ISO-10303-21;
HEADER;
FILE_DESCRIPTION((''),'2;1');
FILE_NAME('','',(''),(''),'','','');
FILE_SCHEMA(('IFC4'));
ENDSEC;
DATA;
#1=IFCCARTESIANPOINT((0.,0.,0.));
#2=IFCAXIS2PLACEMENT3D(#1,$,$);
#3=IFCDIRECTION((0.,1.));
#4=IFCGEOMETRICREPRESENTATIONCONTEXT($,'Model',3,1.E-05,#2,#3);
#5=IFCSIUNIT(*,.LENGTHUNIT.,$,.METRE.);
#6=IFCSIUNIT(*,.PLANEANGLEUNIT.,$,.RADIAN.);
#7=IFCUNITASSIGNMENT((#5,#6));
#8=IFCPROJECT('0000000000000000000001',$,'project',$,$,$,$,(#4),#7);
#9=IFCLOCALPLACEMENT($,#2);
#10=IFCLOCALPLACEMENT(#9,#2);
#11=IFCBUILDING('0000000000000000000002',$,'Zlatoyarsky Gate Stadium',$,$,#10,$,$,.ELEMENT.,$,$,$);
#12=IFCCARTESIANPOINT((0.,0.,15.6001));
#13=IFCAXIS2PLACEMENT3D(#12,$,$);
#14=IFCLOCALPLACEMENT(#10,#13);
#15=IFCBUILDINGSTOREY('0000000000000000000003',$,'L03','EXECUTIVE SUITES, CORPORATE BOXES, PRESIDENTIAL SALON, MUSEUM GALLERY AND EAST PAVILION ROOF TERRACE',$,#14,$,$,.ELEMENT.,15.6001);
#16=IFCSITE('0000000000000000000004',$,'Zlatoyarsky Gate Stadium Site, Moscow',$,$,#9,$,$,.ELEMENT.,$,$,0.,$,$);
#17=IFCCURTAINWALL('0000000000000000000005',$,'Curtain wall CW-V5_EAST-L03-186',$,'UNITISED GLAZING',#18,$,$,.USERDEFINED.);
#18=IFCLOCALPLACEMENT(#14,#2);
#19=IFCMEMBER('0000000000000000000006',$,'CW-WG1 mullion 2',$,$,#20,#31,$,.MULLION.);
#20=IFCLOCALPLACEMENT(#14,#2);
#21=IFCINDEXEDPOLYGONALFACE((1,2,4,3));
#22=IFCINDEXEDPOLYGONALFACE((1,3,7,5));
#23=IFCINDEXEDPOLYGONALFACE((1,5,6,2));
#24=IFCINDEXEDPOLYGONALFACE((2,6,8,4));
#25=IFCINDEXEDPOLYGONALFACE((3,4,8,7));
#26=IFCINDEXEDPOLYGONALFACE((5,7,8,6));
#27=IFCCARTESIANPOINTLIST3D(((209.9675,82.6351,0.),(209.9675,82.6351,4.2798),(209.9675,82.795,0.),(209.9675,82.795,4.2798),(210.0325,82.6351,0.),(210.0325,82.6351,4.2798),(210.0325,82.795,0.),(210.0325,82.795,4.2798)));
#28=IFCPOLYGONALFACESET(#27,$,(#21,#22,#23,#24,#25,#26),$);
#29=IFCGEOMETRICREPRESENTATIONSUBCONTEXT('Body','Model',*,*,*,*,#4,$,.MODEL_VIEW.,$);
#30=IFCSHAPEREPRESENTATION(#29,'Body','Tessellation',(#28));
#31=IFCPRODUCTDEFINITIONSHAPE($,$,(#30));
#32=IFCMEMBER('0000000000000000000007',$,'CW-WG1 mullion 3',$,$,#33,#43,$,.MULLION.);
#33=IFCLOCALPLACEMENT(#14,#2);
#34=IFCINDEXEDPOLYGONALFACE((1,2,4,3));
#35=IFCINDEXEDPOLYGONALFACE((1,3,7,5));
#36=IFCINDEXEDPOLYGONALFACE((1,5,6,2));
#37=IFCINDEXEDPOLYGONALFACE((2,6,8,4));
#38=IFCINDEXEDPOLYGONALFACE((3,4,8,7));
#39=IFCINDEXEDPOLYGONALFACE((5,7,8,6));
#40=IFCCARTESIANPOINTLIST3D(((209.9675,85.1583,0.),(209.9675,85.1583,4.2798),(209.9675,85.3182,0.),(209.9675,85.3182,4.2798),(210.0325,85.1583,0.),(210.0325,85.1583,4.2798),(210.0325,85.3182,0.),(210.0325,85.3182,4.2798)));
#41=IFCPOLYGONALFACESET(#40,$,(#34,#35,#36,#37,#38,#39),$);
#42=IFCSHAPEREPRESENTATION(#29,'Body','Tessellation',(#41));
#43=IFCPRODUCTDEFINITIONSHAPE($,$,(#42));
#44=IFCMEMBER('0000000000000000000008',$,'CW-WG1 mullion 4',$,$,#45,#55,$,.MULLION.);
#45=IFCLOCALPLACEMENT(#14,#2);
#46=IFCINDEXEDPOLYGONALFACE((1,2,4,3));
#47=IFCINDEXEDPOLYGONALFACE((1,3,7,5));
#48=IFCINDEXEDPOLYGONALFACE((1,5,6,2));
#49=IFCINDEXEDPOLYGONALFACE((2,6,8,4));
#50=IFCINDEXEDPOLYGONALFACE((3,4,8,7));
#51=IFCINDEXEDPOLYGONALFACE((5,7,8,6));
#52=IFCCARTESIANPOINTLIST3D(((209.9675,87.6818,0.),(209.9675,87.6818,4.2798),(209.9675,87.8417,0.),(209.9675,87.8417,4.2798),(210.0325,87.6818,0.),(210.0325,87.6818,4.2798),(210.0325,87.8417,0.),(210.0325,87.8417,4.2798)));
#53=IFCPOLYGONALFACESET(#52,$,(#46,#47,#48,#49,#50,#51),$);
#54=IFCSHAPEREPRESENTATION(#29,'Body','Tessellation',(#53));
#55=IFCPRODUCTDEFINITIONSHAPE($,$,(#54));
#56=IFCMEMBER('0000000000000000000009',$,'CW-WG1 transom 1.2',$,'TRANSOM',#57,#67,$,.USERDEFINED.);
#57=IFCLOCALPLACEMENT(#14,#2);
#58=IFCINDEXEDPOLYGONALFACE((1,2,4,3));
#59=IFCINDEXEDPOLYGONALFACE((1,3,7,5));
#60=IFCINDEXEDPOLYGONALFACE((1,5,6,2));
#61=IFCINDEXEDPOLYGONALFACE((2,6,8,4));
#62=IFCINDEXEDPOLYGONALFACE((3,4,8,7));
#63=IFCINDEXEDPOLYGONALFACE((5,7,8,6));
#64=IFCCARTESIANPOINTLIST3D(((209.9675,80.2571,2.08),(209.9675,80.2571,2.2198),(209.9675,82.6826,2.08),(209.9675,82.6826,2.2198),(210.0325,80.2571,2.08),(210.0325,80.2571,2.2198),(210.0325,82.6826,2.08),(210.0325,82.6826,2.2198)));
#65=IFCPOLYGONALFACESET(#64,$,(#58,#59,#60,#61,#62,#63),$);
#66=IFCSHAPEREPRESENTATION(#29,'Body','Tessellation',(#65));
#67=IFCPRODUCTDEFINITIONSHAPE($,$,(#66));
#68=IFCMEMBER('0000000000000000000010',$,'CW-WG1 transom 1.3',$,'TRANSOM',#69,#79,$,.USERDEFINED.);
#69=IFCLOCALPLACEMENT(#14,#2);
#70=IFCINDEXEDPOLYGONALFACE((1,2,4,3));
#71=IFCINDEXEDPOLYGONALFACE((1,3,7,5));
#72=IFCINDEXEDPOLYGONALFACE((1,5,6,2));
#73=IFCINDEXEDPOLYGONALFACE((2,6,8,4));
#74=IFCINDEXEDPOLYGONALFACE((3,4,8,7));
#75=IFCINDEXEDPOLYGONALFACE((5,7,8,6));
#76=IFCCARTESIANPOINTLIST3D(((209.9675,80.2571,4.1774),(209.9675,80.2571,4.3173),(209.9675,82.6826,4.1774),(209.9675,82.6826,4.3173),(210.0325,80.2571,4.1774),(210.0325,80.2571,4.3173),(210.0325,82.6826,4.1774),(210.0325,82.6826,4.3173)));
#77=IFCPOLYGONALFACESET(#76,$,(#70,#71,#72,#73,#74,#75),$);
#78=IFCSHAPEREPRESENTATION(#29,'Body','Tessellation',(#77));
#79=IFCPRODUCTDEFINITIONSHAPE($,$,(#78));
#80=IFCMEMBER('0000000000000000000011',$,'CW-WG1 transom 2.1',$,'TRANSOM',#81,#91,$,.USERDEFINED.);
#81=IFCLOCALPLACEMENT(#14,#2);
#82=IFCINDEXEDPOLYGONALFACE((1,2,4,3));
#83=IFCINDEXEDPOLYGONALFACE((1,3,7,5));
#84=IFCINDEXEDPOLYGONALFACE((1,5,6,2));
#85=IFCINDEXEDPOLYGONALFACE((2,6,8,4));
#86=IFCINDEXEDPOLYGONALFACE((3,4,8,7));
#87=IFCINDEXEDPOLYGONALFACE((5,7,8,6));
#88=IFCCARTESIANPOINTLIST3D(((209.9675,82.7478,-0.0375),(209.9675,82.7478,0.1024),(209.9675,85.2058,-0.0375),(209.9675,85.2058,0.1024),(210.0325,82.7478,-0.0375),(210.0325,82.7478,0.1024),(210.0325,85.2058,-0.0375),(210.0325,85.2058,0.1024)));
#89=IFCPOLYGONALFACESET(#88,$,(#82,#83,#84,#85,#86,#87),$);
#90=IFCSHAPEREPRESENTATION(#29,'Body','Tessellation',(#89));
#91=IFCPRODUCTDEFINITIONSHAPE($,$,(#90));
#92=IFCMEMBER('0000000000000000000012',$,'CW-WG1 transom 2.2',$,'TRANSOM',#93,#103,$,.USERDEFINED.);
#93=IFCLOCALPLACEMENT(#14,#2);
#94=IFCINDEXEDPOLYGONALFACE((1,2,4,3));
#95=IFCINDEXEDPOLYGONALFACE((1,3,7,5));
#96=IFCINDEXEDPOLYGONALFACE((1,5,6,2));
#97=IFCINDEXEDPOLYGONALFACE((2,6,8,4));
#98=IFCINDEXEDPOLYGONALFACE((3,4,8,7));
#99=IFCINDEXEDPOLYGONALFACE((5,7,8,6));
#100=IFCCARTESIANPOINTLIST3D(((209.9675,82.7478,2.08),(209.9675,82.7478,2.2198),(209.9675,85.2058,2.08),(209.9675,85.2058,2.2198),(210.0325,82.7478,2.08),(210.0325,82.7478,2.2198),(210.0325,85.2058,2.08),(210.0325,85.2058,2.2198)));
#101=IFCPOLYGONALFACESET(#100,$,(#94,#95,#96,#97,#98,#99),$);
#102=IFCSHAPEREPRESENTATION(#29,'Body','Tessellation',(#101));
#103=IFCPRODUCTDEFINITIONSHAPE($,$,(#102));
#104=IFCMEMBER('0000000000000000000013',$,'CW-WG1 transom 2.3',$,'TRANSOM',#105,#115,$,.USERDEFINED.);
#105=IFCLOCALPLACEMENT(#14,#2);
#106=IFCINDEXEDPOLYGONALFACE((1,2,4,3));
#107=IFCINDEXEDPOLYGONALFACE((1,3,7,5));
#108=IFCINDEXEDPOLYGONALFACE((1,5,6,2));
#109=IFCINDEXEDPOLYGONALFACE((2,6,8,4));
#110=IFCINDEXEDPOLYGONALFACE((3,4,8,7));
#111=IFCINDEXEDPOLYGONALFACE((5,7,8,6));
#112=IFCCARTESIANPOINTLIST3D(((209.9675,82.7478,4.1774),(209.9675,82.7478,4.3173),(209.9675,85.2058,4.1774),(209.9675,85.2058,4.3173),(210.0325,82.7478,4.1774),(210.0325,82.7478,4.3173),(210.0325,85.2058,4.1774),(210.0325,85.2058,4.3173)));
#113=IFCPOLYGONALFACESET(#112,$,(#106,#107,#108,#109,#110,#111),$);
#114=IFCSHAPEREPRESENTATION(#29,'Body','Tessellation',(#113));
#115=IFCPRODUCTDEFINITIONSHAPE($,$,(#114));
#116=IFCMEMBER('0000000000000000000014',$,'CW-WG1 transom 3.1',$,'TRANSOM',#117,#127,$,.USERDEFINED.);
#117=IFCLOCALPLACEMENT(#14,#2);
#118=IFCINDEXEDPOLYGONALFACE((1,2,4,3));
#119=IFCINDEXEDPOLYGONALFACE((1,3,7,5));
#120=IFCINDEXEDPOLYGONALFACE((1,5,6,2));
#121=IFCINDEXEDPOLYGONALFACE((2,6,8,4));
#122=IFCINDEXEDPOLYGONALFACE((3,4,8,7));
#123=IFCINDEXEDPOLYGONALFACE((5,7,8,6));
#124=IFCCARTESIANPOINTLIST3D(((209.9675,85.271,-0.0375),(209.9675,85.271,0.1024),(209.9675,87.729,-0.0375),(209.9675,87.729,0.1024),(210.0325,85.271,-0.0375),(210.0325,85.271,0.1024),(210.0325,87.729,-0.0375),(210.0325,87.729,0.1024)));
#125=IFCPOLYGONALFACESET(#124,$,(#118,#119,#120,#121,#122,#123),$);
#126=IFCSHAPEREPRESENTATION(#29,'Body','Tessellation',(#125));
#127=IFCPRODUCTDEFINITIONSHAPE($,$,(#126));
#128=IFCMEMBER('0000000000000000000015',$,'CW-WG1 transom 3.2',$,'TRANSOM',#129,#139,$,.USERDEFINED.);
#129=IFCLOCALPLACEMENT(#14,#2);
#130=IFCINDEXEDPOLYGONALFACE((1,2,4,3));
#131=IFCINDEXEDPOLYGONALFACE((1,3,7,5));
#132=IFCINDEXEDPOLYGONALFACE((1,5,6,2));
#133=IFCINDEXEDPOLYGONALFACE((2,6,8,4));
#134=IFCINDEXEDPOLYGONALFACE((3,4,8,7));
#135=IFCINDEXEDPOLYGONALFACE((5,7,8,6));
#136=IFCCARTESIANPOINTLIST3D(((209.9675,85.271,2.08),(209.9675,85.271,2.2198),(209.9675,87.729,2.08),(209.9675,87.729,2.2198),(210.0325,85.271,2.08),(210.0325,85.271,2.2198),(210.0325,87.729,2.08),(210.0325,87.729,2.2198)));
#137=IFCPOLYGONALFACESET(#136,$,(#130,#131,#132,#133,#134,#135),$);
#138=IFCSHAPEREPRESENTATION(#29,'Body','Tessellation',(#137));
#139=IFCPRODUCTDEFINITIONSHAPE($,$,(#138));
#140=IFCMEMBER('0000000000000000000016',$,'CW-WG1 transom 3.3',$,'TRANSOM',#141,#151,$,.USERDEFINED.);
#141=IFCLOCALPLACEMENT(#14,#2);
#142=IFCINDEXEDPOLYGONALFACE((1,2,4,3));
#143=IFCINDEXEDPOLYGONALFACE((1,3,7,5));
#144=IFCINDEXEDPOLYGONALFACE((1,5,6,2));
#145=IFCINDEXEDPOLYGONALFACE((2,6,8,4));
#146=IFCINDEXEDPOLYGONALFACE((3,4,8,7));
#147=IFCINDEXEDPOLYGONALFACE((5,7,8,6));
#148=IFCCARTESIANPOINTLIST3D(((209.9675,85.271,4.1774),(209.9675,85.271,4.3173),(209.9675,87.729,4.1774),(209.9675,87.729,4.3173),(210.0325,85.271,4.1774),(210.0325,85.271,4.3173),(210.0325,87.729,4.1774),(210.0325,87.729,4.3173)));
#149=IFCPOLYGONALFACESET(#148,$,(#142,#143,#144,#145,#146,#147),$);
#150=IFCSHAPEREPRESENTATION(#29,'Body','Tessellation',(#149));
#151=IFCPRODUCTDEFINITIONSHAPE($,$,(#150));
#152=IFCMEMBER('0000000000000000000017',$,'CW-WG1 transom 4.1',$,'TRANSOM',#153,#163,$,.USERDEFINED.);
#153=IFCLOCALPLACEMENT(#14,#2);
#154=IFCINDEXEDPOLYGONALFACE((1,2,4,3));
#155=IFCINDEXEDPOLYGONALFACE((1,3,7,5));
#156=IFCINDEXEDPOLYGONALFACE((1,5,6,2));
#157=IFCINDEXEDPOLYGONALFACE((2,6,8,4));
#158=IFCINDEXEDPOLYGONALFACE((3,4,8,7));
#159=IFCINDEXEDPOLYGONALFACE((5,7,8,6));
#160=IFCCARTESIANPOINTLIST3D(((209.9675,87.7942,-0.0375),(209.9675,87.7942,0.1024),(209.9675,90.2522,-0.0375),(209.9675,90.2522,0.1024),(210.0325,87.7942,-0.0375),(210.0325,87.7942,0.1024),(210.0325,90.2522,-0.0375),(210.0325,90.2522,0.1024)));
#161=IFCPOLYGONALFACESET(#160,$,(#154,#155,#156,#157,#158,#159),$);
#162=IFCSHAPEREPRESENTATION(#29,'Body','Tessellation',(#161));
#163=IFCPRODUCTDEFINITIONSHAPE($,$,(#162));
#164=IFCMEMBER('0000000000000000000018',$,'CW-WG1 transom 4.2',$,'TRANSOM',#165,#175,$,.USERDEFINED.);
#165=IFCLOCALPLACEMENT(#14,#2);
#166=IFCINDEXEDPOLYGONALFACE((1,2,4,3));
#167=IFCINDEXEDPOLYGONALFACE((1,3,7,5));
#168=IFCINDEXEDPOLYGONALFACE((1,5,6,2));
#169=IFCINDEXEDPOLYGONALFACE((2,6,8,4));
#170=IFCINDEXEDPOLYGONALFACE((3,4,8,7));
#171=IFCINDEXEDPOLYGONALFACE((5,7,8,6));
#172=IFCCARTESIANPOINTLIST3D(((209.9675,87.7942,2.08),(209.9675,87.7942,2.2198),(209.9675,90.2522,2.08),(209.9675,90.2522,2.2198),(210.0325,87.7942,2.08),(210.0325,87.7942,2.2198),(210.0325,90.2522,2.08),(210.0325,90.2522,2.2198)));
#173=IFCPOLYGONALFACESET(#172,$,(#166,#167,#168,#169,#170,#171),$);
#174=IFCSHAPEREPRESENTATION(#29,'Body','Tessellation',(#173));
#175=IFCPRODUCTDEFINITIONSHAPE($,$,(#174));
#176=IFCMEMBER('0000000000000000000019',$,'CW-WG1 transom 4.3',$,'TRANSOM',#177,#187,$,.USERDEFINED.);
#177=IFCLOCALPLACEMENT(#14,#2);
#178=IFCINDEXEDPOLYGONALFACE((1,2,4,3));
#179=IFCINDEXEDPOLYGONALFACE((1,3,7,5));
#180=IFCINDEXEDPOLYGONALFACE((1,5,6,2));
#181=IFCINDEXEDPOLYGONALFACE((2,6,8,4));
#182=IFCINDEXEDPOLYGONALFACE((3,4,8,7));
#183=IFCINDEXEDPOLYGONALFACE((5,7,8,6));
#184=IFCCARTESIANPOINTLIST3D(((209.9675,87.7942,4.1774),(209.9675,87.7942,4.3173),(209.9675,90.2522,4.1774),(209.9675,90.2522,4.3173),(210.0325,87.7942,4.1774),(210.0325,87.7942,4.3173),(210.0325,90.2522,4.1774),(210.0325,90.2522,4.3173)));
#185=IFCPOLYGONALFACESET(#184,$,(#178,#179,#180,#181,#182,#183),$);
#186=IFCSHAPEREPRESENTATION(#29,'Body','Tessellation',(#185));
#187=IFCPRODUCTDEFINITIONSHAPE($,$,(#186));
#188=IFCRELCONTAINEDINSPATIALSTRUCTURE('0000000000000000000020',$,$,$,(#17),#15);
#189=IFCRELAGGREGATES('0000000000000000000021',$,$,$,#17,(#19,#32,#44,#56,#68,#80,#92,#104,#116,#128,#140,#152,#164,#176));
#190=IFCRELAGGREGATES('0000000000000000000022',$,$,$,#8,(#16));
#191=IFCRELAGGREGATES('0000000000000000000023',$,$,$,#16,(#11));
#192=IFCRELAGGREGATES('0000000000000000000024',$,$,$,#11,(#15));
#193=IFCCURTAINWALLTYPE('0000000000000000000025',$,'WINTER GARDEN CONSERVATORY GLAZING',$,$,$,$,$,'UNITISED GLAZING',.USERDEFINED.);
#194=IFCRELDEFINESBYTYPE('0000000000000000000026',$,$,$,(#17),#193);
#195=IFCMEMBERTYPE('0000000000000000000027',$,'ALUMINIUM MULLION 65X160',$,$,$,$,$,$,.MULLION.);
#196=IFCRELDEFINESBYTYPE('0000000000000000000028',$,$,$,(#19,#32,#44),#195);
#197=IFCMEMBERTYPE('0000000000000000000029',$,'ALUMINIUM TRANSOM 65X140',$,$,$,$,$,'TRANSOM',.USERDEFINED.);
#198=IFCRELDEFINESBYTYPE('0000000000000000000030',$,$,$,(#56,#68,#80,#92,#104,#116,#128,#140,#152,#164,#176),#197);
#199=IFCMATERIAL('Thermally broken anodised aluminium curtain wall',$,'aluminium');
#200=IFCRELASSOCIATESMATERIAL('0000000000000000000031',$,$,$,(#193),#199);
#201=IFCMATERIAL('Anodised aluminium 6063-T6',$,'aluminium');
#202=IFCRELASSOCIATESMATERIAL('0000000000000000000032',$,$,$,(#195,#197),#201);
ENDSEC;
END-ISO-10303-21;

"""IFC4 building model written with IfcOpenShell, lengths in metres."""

from ifc_helpers import new_model, si_unit, direction, frame, origin, origin_2d, place, context, subcontext, project, spatial, rectangle, extrude, material, material_profile, profile_set, type_object, element, aggregate, save


model = new_model("IFC4")

# Units and contexts
model_context = context("Model", 3, precision=1e-05, world=origin(), true_north=direction((0.0, 1.0)))
body_context = subcontext(model_context, "Body", "Model", "MODEL_VIEW")
ifc_project = project(units=[si_unit("LENGTHUNIT", "METRE"), si_unit("PLANEANGLEUNIT", "RADIAN")], contexts=[model_context])

# Site, building, storey
site_placement = place(None, origin())
site = spatial("IfcSite", under=ifc_project, at=site_placement, Name="Zlatoyarsky Gate Stadium Site, Moscow", CompositionType="ELEMENT", RefElevation=0.0)
building_placement = place(site_placement, origin())
building = spatial("IfcBuilding", under=site, at=building_placement, Name="Zlatoyarsky Gate Stadium", CompositionType="ELEMENT")
storey_placement = place(building_placement, frame((0.0, 0.0, 15.6001)))
storey = spatial("IfcBuildingStorey", under=building, at=storey_placement, Name="L03", Description="EXECUTIVE SUITES, CORPORATE BOXES, PRESIDENTIAL SALON, MUSEUM GALLERY AND EAST PAVILION ROOF TERRACE", CompositionType="ELEMENT", Elevation=15.6001)

# Curtain wall, members
ifc_material_1 = material(Name="Thermally broken anodised aluminium curtain wall", Category="aluminium")
curtain_wall_type = type_object("IfcCurtainWallType", Name="WINTER GARDEN CONSERVATORY GLAZING", ElementType="UNITISED GLAZING", PredefinedType="USERDEFINED", material=ifc_material_1)
curtain_wall_placement = place(storey_placement, origin())
curtain_wall = element("IfcCurtainWall", 1, at=curtain_wall_placement, inside=storey, type_object=curtain_wall_type, Name="Curtain wall CW-V5_EAST-L03-186", ObjectType="UNITISED GLAZING", PredefinedType="USERDEFINED")
ifc_material_2 = material(Name="Anodised aluminium 6063-T6", Category="aluminium")
ifc_material_profile_1 = material_profile(ifc_material_2, rectangle(XDim=0.0649, YDim=0.1599, at=origin_2d()), Name="ALU 65X160")
ifc_profile_set_1 = profile_set([ifc_material_profile_1], Name="Anodised aluminium 6063-T6")
member_type_1 = type_object("IfcMemberType", Name="ALUMINIUM MULLION 65X160", PredefinedType="MULLION", material=ifc_profile_set_1)
member_1_placement = place(storey_placement, frame((210.0, 82.7151, 0.0), z_axis=(0.0, 0.0, 1.0), x_axis=(-1.0, 0.0, 0.0)))
member_1 = element("IfcMember", 2, at=member_1_placement, type_object=member_type_1, Name="CW-WG1 mullion 2", PredefinedType="MULLION", context=body_context, shape_type="SweptSolid", body=[
    extrude(rectangle(XDim=0.0649, YDim=0.1599, at=origin_2d()), origin(), (0.0, 0.0, 1.0), 4.2798),
])
member_2_placement = place(storey_placement, frame((210.0, 85.2383, 0.0), z_axis=(0.0, 0.0, 1.0), x_axis=(-1.0, 0.0, 0.0)))
member_2 = element("IfcMember", 3, at=member_2_placement, type_object=member_type_1, Name="CW-WG1 mullion 3", PredefinedType="MULLION", context=body_context, shape_type="SweptSolid", body=[
    extrude(rectangle(XDim=0.0649, YDim=0.1599, at=origin_2d()), origin(), (0.0, 0.0, 1.0), 4.2798),
])
member_3_placement = place(storey_placement, frame((210.0, 87.7617, 0.0), z_axis=(0.0, 0.0, 1.0), x_axis=(-1.0, 0.0, 0.0)))
member_3 = element("IfcMember", 4, at=member_3_placement, type_object=member_type_1, Name="CW-WG1 mullion 4", PredefinedType="MULLION", context=body_context, shape_type="SweptSolid", body=[
    extrude(rectangle(XDim=0.0649, YDim=0.1599, at=origin_2d()), origin(), (0.0, 0.0, 1.0), 4.2798),
])
ifc_material_profile_2 = material_profile(ifc_material_2, rectangle(XDim=0.0649, YDim=0.1399, at=origin_2d()), Name="ALU 65X140")
ifc_profile_set_2 = profile_set([ifc_material_profile_2], Name="Anodised aluminium 6063-T6")
member_type_2 = type_object("IfcMemberType", Name="ALUMINIUM TRANSOM 65X140", ElementType="TRANSOM", PredefinedType="USERDEFINED", material=ifc_profile_set_2)
member_4_placement = place(storey_placement, frame((210.0, 80.2571, 2.1499), z_axis=(0.0, 1.0, 0.0), x_axis=(-1.0, 0.0, 0.0)))
member_4 = element("IfcMember", 5, at=member_4_placement, type_object=member_type_2, Name="CW-WG1 transom 1.2", ObjectType="TRANSOM", PredefinedType="USERDEFINED", context=body_context, shape_type="SweptSolid", body=[
    extrude(rectangle(XDim=0.0649, YDim=0.1399, at=origin_2d()), origin(), (0.0, 0.0, 1.0), 2.4255),
])
member_5_placement = place(storey_placement, frame((210.0, 80.2571, 4.2473), z_axis=(0.0, 1.0, 0.0), x_axis=(-1.0, 0.0, 0.0)))
member_5 = element("IfcMember", 6, at=member_5_placement, type_object=member_type_2, Name="CW-WG1 transom 1.3", ObjectType="TRANSOM", PredefinedType="USERDEFINED", context=body_context, shape_type="SweptSolid", body=[
    extrude(rectangle(XDim=0.0649, YDim=0.1399, at=origin_2d()), origin(), (0.0, 0.0, 1.0), 2.4255),
])
member_6_placement = place(storey_placement, frame((210.0, 82.7478, 0.0325), z_axis=(0.0, 1.0, 0.0), x_axis=(-1.0, 0.0, 0.0)))
member_6 = element("IfcMember", 7, at=member_6_placement, type_object=member_type_2, Name="CW-WG1 transom 2.1", ObjectType="TRANSOM", PredefinedType="USERDEFINED", context=body_context, shape_type="SweptSolid", body=[
    extrude(rectangle(XDim=0.0649, YDim=0.1399, at=origin_2d()), origin(), (0.0, 0.0, 1.0), 2.458),
])
member_7_placement = place(storey_placement, frame((210.0, 82.7478, 2.1499), z_axis=(0.0, 1.0, 0.0), x_axis=(-1.0, 0.0, 0.0)))
member_7 = element("IfcMember", 8, at=member_7_placement, type_object=member_type_2, Name="CW-WG1 transom 2.2", ObjectType="TRANSOM", PredefinedType="USERDEFINED", context=body_context, shape_type="SweptSolid", body=[
    extrude(rectangle(XDim=0.0649, YDim=0.1399, at=origin_2d()), origin(), (0.0, 0.0, 1.0), 2.458),
])
member_8_placement = place(storey_placement, frame((210.0, 82.7478, 4.2473), z_axis=(0.0, 1.0, 0.0), x_axis=(-1.0, 0.0, 0.0)))
member_8 = element("IfcMember", 9, at=member_8_placement, type_object=member_type_2, Name="CW-WG1 transom 2.3", ObjectType="TRANSOM", PredefinedType="USERDEFINED", context=body_context, shape_type="SweptSolid", body=[
    extrude(rectangle(XDim=0.0649, YDim=0.1399, at=origin_2d()), origin(), (0.0, 0.0, 1.0), 2.458),
])
member_9_placement = place(storey_placement, frame((210.0, 85.271, 0.0325), z_axis=(0.0, 1.0, 0.0), x_axis=(-1.0, 0.0, 0.0)))
member_9 = element("IfcMember", 10, at=member_9_placement, type_object=member_type_2, Name="CW-WG1 transom 3.1", ObjectType="TRANSOM", PredefinedType="USERDEFINED", context=body_context, shape_type="SweptSolid", body=[
    extrude(rectangle(XDim=0.0649, YDim=0.1399, at=origin_2d()), origin(), (0.0, 0.0, 1.0), 2.458),
])
member_10_placement = place(storey_placement, frame((210.0, 85.271, 2.1499), z_axis=(0.0, 1.0, 0.0), x_axis=(-1.0, 0.0, 0.0)))
member_10 = element("IfcMember", 11, at=member_10_placement, type_object=member_type_2, Name="CW-WG1 transom 3.2", ObjectType="TRANSOM", PredefinedType="USERDEFINED", context=body_context, shape_type="SweptSolid", body=[
    extrude(rectangle(XDim=0.0649, YDim=0.1399, at=origin_2d()), origin(), (0.0, 0.0, 1.0), 2.458),
])
member_11_placement = place(storey_placement, frame((210.0, 85.271, 4.2473), z_axis=(0.0, 1.0, 0.0), x_axis=(-1.0, 0.0, 0.0)))
member_11 = element("IfcMember", 12, at=member_11_placement, type_object=member_type_2, Name="CW-WG1 transom 3.3", ObjectType="TRANSOM", PredefinedType="USERDEFINED", context=body_context, shape_type="SweptSolid", body=[
    extrude(rectangle(XDim=0.0649, YDim=0.1399, at=origin_2d()), origin(), (0.0, 0.0, 1.0), 2.458),
])
member_12_placement = place(storey_placement, frame((210.0, 87.7942, 0.0325), z_axis=(0.0, 1.0, 0.0), x_axis=(-1.0, 0.0, 0.0)))
member_12 = element("IfcMember", 13, at=member_12_placement, type_object=member_type_2, Name="CW-WG1 transom 4.1", ObjectType="TRANSOM", PredefinedType="USERDEFINED", context=body_context, shape_type="SweptSolid", body=[
    extrude(rectangle(XDim=0.0649, YDim=0.1399, at=origin_2d()), origin(), (0.0, 0.0, 1.0), 2.458),
])
member_13_placement = place(storey_placement, frame((210.0, 87.7942, 2.1499), z_axis=(0.0, 1.0, 0.0), x_axis=(-1.0, 0.0, 0.0)))
member_13 = element("IfcMember", 14, at=member_13_placement, type_object=member_type_2, Name="CW-WG1 transom 4.2", ObjectType="TRANSOM", PredefinedType="USERDEFINED", context=body_context, shape_type="SweptSolid", body=[
    extrude(rectangle(XDim=0.0649, YDim=0.1399, at=origin_2d()), origin(), (0.0, 0.0, 1.0), 2.458),
])
member_14_placement = place(storey_placement, frame((210.0, 87.7942, 4.2473), z_axis=(0.0, 1.0, 0.0), x_axis=(-1.0, 0.0, 0.0)))
member_14 = element("IfcMember", 15, at=member_14_placement, type_object=member_type_2, Name="CW-WG1 transom 4.3", ObjectType="TRANSOM", PredefinedType="USERDEFINED", context=body_context, shape_type="SweptSolid", body=[
    extrude(rectangle(XDim=0.0649, YDim=0.1399, at=origin_2d()), origin(), (0.0, 0.0, 1.0), 2.458),
])

aggregate(curtain_wall, [member_1, member_2, member_3, member_4, member_5, member_6, member_7, member_8, member_9, member_10, member_11, member_12, member_13, member_14])

save(model, "model.ifc")
